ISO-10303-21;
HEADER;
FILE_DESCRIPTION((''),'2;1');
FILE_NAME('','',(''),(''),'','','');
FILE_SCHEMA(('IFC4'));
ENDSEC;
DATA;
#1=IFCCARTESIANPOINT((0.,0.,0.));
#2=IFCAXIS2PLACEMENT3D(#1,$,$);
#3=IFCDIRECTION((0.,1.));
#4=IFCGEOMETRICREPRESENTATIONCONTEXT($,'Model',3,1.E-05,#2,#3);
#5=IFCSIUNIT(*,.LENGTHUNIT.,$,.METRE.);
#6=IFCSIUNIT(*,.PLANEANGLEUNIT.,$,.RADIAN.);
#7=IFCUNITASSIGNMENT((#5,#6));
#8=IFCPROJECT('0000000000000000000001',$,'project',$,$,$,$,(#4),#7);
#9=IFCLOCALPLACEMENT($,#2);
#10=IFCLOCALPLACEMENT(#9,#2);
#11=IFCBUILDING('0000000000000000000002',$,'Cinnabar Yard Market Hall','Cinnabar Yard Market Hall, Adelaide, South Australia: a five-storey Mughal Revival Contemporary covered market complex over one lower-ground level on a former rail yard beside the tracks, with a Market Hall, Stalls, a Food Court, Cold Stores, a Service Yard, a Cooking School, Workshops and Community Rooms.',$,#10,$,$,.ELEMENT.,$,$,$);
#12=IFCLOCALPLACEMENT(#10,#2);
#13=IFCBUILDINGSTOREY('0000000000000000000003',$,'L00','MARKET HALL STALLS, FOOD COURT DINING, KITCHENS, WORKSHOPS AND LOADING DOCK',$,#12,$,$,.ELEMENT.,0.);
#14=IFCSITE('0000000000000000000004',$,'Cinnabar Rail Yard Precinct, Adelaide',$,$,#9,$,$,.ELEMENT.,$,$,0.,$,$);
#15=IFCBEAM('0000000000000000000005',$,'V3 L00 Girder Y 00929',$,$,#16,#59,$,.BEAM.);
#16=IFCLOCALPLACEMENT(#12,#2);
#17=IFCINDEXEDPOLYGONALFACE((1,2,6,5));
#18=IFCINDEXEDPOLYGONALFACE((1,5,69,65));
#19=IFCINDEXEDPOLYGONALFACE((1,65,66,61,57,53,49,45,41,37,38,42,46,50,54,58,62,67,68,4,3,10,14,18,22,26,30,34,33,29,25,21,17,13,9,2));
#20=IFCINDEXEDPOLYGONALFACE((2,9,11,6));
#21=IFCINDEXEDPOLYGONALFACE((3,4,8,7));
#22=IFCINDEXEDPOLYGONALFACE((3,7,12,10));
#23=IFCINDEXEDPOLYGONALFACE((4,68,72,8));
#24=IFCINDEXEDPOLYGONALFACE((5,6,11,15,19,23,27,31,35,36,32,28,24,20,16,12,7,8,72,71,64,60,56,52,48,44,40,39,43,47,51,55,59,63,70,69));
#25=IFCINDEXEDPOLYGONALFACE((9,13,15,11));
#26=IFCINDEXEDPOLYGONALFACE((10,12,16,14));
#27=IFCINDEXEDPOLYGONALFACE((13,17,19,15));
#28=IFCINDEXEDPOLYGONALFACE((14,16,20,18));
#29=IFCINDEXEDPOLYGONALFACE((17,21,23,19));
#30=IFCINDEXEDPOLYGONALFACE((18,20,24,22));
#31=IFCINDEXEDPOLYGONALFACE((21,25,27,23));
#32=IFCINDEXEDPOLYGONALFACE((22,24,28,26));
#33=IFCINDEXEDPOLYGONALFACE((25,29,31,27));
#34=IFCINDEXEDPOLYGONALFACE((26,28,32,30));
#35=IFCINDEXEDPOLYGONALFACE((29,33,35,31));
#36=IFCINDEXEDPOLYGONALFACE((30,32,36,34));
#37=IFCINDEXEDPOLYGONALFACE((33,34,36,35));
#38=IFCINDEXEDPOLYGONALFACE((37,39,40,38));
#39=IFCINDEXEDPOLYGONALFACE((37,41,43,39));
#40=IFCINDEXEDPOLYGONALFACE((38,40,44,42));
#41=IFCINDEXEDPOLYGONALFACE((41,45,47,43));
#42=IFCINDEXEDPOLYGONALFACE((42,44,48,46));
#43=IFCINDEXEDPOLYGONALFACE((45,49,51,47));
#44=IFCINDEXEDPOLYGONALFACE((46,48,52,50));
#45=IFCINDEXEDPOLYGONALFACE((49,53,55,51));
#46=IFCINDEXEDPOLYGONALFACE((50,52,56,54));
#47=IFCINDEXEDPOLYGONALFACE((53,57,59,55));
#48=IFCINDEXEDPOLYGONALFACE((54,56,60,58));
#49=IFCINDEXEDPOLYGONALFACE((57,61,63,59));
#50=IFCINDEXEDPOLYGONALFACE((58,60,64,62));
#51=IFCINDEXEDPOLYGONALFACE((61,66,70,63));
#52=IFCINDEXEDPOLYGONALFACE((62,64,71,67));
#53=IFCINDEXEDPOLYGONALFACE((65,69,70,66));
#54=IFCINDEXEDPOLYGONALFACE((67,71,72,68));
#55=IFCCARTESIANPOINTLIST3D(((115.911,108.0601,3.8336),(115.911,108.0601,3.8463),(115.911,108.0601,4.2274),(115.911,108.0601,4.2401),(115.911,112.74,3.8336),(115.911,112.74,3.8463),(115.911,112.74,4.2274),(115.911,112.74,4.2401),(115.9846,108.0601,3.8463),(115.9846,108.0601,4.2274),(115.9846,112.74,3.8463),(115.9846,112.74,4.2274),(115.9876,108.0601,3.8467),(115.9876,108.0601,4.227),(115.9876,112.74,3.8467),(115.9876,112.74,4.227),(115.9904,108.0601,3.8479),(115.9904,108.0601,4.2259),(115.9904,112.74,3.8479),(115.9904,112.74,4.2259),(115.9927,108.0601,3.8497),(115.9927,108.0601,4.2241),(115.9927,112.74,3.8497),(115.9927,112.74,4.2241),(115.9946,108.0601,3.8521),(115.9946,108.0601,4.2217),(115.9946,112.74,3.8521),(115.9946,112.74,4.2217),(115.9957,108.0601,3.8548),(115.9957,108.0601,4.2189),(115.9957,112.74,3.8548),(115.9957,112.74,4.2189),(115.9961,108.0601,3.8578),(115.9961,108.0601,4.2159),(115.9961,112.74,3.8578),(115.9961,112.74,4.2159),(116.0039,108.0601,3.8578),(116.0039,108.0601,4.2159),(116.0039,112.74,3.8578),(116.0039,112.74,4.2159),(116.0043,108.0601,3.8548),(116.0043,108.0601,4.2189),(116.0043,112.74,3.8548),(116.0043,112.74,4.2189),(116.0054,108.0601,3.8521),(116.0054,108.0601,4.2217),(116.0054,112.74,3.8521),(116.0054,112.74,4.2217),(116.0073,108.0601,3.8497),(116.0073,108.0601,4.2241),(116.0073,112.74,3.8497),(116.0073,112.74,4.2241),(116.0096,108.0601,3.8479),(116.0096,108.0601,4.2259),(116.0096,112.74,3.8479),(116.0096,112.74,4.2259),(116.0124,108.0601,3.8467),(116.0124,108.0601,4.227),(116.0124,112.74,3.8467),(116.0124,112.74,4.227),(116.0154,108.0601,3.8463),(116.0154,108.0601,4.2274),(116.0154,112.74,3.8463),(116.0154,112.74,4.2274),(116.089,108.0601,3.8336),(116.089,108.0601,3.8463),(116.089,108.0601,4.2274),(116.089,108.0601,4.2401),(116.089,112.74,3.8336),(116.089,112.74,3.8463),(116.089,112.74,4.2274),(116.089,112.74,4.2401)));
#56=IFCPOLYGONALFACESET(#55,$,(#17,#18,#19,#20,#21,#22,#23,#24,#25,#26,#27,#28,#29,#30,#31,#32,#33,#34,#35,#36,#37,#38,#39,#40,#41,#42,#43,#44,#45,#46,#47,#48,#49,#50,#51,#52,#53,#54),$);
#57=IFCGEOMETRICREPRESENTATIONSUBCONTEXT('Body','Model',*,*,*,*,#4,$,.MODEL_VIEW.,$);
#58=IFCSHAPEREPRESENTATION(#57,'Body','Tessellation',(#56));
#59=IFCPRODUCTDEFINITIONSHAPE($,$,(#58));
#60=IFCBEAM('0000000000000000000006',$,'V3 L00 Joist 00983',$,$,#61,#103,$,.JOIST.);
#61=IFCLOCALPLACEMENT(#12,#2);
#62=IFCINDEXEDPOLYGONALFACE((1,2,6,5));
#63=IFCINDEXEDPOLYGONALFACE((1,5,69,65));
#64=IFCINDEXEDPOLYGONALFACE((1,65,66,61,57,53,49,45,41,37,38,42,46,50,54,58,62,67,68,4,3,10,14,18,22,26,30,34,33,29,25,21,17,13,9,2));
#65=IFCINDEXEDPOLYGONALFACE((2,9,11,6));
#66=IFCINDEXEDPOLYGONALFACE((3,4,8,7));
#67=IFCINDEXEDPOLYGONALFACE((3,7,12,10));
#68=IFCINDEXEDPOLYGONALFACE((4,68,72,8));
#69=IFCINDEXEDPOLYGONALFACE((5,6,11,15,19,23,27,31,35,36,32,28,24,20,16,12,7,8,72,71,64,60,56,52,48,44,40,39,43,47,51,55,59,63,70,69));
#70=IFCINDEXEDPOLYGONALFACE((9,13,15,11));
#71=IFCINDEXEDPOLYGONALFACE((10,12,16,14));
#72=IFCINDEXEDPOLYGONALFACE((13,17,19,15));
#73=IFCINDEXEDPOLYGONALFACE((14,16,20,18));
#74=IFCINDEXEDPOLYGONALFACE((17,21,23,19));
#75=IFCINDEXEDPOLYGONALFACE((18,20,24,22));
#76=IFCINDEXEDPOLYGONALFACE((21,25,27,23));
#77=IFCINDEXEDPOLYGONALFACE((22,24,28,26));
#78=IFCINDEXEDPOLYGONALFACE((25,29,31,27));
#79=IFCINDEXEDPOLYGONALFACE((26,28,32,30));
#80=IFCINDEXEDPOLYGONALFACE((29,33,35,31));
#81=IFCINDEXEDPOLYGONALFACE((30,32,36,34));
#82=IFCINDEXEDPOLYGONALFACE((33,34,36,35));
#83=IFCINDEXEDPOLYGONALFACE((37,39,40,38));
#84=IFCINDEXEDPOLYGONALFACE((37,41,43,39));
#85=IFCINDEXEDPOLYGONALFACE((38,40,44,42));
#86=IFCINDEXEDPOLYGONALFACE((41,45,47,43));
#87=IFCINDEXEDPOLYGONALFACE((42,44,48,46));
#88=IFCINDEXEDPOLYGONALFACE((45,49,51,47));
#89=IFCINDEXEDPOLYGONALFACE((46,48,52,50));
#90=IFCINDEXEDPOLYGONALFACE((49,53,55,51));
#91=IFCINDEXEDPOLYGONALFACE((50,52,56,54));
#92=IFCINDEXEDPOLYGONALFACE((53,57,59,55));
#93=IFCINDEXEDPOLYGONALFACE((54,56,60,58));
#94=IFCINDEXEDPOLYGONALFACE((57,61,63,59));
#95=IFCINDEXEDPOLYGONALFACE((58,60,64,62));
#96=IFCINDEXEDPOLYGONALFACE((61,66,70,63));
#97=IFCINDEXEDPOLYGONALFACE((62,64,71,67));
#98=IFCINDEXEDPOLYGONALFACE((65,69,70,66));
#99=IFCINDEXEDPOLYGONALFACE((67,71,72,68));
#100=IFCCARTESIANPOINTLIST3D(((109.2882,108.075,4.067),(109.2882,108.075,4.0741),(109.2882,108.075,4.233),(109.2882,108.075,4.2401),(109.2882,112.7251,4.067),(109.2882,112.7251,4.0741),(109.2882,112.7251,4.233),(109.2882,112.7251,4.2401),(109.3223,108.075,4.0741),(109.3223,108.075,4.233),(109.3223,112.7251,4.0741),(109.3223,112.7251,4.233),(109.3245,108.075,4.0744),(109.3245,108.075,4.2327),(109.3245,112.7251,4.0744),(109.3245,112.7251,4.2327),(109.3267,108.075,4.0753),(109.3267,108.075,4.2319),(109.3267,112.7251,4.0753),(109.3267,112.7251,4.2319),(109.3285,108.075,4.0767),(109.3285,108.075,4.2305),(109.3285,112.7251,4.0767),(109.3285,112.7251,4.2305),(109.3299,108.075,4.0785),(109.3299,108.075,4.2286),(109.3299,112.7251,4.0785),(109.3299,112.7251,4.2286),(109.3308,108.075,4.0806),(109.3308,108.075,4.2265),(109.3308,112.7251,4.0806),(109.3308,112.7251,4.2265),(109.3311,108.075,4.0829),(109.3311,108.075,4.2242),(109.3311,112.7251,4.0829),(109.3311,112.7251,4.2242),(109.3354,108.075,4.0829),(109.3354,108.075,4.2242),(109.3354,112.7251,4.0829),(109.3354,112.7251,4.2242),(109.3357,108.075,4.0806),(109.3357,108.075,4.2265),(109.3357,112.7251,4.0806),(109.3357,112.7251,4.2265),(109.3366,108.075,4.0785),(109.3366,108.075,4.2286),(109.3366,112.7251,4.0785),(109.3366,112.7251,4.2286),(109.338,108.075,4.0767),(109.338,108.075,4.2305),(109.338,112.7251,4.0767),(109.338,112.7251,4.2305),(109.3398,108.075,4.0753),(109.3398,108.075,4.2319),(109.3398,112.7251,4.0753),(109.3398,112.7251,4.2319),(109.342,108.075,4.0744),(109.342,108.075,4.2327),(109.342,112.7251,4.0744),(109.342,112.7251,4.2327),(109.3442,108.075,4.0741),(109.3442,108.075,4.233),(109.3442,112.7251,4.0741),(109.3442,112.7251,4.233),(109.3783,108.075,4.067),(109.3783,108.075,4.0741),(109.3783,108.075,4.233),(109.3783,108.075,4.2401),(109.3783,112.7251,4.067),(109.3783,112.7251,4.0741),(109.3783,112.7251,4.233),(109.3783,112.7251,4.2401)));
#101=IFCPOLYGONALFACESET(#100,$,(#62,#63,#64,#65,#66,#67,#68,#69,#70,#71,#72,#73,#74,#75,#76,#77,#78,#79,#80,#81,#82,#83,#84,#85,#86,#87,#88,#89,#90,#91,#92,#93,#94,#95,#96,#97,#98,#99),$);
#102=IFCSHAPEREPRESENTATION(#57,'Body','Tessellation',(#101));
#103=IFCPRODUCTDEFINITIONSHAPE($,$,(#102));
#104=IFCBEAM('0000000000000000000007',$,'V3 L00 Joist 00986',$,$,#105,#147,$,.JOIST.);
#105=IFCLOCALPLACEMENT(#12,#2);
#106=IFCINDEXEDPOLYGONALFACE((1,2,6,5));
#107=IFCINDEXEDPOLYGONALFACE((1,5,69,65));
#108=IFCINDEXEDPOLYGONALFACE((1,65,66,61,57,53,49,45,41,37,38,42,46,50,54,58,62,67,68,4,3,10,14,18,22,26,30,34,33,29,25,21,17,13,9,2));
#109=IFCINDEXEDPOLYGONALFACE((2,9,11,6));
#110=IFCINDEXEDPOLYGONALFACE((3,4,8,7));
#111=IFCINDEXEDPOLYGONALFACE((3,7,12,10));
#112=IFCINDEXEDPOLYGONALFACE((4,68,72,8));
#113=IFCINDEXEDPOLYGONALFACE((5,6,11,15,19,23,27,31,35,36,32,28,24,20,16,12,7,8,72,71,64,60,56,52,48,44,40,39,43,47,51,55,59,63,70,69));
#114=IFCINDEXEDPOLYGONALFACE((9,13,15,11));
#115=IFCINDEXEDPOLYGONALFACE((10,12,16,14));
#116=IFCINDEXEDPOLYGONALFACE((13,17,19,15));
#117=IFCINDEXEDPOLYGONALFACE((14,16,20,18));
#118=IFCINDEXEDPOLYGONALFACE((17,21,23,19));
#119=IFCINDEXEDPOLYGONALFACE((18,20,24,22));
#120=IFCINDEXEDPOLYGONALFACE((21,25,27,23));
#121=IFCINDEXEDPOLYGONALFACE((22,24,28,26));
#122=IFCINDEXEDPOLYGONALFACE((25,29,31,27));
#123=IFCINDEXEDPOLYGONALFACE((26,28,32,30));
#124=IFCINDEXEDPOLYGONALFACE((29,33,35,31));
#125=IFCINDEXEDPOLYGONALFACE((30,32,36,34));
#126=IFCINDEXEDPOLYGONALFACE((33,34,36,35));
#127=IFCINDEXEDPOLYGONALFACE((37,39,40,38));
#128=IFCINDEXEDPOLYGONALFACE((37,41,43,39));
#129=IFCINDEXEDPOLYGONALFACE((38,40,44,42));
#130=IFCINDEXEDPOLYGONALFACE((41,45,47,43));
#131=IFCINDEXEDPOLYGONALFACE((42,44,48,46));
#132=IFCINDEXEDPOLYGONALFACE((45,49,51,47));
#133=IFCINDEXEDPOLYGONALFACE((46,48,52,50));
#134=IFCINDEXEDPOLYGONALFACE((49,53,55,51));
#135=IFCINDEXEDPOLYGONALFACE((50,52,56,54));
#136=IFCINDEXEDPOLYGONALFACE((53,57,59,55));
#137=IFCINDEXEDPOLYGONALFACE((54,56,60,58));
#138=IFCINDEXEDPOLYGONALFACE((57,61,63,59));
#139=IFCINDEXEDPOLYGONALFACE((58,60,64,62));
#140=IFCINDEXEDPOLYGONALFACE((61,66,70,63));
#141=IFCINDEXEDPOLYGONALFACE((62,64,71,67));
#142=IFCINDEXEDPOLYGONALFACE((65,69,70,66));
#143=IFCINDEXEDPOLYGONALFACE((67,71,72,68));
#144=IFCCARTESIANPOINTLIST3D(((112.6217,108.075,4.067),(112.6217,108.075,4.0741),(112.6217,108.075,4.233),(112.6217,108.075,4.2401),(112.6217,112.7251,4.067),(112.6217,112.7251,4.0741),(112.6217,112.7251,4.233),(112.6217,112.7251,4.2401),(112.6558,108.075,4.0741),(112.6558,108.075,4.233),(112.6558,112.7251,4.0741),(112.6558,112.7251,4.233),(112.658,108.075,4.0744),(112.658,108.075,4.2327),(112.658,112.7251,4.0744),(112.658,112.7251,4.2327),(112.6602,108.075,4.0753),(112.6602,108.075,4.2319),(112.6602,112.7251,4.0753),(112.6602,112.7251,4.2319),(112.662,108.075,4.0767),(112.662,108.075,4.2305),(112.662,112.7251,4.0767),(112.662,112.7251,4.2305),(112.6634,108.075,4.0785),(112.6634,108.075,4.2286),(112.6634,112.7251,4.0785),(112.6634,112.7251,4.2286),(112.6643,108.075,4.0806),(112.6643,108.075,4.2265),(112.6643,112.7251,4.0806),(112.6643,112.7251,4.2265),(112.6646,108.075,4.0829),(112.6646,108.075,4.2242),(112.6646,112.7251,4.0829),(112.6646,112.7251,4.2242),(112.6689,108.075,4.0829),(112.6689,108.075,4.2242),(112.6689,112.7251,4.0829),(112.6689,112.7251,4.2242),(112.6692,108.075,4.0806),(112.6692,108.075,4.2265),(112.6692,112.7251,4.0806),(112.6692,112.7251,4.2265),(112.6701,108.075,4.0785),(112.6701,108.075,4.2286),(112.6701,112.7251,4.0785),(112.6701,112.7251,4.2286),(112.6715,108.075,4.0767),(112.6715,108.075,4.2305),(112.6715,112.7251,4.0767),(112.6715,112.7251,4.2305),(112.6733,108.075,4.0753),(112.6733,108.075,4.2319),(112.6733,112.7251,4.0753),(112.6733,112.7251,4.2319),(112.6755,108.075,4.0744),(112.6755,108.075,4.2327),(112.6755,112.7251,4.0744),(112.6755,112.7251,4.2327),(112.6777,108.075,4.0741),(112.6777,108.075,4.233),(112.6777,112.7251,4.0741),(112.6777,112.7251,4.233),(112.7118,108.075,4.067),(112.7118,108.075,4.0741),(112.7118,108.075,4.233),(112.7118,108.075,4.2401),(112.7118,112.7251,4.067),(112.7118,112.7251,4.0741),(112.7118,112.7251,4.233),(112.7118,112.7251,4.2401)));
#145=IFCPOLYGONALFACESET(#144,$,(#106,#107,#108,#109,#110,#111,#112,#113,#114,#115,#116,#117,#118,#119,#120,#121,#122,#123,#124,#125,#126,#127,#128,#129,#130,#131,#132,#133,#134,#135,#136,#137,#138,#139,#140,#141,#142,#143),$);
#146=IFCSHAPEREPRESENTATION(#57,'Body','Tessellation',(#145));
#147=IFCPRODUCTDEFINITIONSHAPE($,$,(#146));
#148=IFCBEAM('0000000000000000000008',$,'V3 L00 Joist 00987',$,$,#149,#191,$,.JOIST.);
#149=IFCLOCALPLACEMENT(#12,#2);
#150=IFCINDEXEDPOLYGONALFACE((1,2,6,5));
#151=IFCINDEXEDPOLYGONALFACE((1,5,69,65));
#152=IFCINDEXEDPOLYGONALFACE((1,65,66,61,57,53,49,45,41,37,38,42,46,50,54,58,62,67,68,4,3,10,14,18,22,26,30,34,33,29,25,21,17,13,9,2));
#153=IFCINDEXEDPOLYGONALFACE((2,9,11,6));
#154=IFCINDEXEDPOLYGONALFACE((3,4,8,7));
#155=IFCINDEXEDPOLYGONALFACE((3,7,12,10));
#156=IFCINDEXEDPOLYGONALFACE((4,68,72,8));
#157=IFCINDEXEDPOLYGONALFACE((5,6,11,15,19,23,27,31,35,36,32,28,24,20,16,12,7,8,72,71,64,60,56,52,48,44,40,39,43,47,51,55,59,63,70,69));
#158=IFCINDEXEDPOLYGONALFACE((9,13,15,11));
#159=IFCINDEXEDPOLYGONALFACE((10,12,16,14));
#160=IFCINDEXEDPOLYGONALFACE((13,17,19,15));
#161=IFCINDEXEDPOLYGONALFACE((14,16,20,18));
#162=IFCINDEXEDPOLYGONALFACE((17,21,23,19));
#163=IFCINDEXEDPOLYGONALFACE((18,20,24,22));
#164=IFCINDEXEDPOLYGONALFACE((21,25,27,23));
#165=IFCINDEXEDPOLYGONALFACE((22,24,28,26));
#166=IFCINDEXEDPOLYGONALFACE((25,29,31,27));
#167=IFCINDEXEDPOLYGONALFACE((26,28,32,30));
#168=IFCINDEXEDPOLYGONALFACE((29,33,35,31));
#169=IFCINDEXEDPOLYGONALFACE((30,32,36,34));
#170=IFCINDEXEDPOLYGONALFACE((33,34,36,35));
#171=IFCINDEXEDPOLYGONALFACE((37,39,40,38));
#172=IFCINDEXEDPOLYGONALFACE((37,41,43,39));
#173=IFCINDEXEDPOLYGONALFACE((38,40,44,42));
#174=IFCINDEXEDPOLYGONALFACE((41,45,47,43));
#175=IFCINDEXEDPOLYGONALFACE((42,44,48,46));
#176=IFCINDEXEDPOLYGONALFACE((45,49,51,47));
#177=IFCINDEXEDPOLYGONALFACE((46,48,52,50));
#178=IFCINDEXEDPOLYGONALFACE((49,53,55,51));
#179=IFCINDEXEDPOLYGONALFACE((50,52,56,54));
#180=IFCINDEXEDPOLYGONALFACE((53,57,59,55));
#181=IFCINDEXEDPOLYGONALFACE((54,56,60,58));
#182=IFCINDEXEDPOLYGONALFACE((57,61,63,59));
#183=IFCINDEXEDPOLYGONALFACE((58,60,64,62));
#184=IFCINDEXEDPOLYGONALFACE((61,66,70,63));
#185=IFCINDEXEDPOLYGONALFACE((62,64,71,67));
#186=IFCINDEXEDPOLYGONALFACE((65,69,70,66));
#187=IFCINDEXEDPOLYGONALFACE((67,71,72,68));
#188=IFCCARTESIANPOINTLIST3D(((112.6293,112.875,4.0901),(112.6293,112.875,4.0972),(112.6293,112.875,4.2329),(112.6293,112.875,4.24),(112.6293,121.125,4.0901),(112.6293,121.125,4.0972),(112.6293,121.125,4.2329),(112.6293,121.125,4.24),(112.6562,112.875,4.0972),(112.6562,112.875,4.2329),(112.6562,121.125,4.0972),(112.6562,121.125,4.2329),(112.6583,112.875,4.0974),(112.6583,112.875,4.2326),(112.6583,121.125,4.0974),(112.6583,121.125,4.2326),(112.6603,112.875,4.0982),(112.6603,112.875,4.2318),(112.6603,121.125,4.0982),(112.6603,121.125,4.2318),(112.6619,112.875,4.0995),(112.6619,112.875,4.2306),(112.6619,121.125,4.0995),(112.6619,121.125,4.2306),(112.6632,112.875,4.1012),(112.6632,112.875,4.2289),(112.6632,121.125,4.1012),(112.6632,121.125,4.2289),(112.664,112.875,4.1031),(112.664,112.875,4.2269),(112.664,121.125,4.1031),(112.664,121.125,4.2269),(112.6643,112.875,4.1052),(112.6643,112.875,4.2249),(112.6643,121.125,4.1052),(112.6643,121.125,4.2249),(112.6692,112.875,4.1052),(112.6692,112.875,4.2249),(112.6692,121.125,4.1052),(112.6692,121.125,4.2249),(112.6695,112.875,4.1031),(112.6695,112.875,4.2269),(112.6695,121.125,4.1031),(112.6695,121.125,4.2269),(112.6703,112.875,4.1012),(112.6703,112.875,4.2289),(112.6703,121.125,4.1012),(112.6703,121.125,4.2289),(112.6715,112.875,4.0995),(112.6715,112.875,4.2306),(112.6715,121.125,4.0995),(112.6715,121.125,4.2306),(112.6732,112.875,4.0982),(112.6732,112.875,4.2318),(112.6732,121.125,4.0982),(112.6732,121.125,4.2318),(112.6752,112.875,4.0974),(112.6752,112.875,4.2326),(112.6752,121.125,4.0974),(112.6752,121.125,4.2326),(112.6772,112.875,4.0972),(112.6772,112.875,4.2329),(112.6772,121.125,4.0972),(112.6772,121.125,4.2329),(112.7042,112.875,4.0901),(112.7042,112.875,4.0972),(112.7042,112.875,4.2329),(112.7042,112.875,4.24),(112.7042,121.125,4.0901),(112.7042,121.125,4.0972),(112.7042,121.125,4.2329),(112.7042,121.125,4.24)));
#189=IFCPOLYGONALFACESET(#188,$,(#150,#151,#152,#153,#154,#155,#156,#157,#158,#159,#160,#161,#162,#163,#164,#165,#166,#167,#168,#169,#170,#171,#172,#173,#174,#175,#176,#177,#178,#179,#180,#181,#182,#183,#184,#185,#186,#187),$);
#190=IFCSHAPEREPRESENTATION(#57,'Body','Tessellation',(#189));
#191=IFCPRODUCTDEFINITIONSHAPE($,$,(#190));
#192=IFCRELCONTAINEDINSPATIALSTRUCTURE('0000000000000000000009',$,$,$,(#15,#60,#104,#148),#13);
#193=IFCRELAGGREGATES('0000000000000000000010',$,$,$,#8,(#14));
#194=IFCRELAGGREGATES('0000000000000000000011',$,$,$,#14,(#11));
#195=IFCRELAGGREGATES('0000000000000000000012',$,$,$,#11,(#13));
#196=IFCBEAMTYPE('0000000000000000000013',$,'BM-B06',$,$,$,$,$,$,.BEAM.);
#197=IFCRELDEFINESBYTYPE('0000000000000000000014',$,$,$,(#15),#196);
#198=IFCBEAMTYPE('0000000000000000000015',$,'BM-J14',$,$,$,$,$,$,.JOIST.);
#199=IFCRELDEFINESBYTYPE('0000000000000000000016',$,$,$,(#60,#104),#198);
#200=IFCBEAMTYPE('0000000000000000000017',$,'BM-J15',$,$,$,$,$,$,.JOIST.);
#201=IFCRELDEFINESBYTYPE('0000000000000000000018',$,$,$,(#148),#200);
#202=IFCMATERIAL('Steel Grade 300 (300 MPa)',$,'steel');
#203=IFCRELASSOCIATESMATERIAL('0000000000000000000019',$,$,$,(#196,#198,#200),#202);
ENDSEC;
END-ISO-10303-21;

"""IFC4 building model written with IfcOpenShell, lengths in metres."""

from ifc_helpers import new_model, si_unit, direction, frame, origin, origin_2d_with_axis, place, context, subcontext, project, spatial, i_section, extrude, material, material_profile, profile_set, type_object, element, save


model = new_model("IFC4")

# Units and contexts
model_context = context("Model", 3, precision=1e-05, world=origin(), true_north=direction((0.0, 1.0)))
body_context = subcontext(model_context, "Body", "Model", "MODEL_VIEW")
ifc_project = project(units=[si_unit("LENGTHUNIT", "METRE"), si_unit("PLANEANGLEUNIT", "RADIAN")], contexts=[model_context])

# Site, building, storey
site_placement = place(None, origin())
site = spatial("IfcSite", under=ifc_project, at=site_placement, Name="Cinnabar Rail Yard Precinct, Adelaide", CompositionType="ELEMENT", RefElevation=0.0)
building_placement = place(site_placement, origin())
building = spatial("IfcBuilding", under=site, at=building_placement, Name="Cinnabar Yard Market Hall", Description="Cinnabar Yard Market Hall, Adelaide, South Australia: a five-storey Mughal Revival Contemporary covered market complex over one lower-ground level on a former rail yard beside the tracks, with a Market Hall, Stalls, a Food Court, Cold Stores, a Service Yard, a Cooking School, Workshops and Community Rooms.", CompositionType="ELEMENT")
storey_placement = place(building_placement, origin())
storey = spatial("IfcBuildingStorey", under=building, at=storey_placement, Name="L00", Description="MARKET HALL STALLS, FOOD COURT DINING, KITCHENS, WORKSHOPS AND LOADING DOCK", CompositionType="ELEMENT", Elevation=0.0)

# Beams
ifc_material_1 = material(Name="Steel Grade 300 (300 MPa)", Category="steel")
ifc_material_profile_1 = material_profile(ifc_material_1, i_section(OverallWidth=0.178, OverallDepth=0.4065, WebThickness=0.0078, FlangeThickness=0.0127, FilletRadius=0.0115, at=origin_2d_with_axis()), Name="410UB59.7")
ifc_profile_set_1 = profile_set([ifc_material_profile_1], Name="Steel Grade 300 (300 MPa)")
beam_type_1 = type_object("IfcBeamType", Name="BM-B06", PredefinedType="BEAM", material=ifc_profile_set_1)
beam_1_placement = place(storey_placement, frame((116.0, 108.0601, 4.0369), z_axis=(0.0, 1.0, 0.0), x_axis=(-1.0, 0.0, 0.0)))
element("IfcBeam", 1, at=beam_1_placement, inside=storey, type_object=beam_type_1, Name="V3 L00 Girder Y 00929", PredefinedType="BEAM", context=body_context, shape_type="SweptSolid", body=[
    extrude(i_section(OverallWidth=0.178, OverallDepth=0.4065, WebThickness=0.0078, FlangeThickness=0.0127, FilletRadius=0.0115, at=origin_2d_with_axis()), origin(), (0.0, 0.0, 1.0), 4.6799),
])
ifc_material_profile_2 = material_profile(ifc_material_1, i_section(OverallWidth=0.0901, OverallDepth=0.1731, WebThickness=0.0044, FlangeThickness=0.0071, FilletRadius=0.0088, at=origin_2d_with_axis()), Name="180UB16.1")
ifc_profile_set_2 = profile_set([ifc_material_profile_2], Name="Steel Grade 300 (300 MPa)")
beam_type_2 = type_object("IfcBeamType", Name="BM-J14", PredefinedType="JOIST", material=ifc_profile_set_2)
for number, where, z_axis, x_axis, name in (
    (2, (109.3333, 108.075, 4.1536), (0.0, 1.0, 0.0), (-1.0, 0.0, 0.0), "V3 L00 Joist 00983"),
    (3, (112.6667, 108.075, 4.1536), (0.0, 1.0, 0.0), (-1.0, 0.0, 0.0), "V3 L00 Joist 00986"),
):
    element("IfcBeam", number, at=place(storey_placement, frame(where, z_axis=z_axis, x_axis=x_axis)), inside=storey, type_object=beam_type_2, Name=name, PredefinedType="JOIST", context=body_context, shape_type="SweptSolid", body=[
        extrude(i_section(OverallWidth=0.0901, OverallDepth=0.1731, WebThickness=0.0044, FlangeThickness=0.0071, FilletRadius=0.0088, at=origin_2d_with_axis()), origin(), (0.0, 0.0, 1.0), 4.6501),
    ])
ifc_material_profile_3 = material_profile(ifc_material_1, i_section(OverallWidth=0.075, OverallDepth=0.1499, WebThickness=0.0049, FlangeThickness=0.0071, FilletRadius=0.0081, at=origin_2d_with_axis()), Name="150UB14.0")
ifc_profile_set_3 = profile_set([ifc_material_profile_3], Name="Steel Grade 300 (300 MPa)")
beam_type_3 = type_object("IfcBeamType", Name="BM-J15", PredefinedType="JOIST", material=ifc_profile_set_3)
beam_2_placement = place(storey_placement, frame((112.6667, 112.875, 4.165), z_axis=(0.0, 1.0, 0.0), x_axis=(-1.0, 0.0, 0.0)))
element("IfcBeam", 4, at=beam_2_placement, inside=storey, type_object=beam_type_3, Name="V3 L00 Joist 00987", PredefinedType="JOIST", context=body_context, shape_type="SweptSolid", body=[
    extrude(i_section(OverallWidth=0.075, OverallDepth=0.1499, WebThickness=0.0049, FlangeThickness=0.0071, FilletRadius=0.0081, at=origin_2d_with_axis()), origin(), (0.0, 0.0, 1.0), 8.25),
])

save(model, "model.ifc")
